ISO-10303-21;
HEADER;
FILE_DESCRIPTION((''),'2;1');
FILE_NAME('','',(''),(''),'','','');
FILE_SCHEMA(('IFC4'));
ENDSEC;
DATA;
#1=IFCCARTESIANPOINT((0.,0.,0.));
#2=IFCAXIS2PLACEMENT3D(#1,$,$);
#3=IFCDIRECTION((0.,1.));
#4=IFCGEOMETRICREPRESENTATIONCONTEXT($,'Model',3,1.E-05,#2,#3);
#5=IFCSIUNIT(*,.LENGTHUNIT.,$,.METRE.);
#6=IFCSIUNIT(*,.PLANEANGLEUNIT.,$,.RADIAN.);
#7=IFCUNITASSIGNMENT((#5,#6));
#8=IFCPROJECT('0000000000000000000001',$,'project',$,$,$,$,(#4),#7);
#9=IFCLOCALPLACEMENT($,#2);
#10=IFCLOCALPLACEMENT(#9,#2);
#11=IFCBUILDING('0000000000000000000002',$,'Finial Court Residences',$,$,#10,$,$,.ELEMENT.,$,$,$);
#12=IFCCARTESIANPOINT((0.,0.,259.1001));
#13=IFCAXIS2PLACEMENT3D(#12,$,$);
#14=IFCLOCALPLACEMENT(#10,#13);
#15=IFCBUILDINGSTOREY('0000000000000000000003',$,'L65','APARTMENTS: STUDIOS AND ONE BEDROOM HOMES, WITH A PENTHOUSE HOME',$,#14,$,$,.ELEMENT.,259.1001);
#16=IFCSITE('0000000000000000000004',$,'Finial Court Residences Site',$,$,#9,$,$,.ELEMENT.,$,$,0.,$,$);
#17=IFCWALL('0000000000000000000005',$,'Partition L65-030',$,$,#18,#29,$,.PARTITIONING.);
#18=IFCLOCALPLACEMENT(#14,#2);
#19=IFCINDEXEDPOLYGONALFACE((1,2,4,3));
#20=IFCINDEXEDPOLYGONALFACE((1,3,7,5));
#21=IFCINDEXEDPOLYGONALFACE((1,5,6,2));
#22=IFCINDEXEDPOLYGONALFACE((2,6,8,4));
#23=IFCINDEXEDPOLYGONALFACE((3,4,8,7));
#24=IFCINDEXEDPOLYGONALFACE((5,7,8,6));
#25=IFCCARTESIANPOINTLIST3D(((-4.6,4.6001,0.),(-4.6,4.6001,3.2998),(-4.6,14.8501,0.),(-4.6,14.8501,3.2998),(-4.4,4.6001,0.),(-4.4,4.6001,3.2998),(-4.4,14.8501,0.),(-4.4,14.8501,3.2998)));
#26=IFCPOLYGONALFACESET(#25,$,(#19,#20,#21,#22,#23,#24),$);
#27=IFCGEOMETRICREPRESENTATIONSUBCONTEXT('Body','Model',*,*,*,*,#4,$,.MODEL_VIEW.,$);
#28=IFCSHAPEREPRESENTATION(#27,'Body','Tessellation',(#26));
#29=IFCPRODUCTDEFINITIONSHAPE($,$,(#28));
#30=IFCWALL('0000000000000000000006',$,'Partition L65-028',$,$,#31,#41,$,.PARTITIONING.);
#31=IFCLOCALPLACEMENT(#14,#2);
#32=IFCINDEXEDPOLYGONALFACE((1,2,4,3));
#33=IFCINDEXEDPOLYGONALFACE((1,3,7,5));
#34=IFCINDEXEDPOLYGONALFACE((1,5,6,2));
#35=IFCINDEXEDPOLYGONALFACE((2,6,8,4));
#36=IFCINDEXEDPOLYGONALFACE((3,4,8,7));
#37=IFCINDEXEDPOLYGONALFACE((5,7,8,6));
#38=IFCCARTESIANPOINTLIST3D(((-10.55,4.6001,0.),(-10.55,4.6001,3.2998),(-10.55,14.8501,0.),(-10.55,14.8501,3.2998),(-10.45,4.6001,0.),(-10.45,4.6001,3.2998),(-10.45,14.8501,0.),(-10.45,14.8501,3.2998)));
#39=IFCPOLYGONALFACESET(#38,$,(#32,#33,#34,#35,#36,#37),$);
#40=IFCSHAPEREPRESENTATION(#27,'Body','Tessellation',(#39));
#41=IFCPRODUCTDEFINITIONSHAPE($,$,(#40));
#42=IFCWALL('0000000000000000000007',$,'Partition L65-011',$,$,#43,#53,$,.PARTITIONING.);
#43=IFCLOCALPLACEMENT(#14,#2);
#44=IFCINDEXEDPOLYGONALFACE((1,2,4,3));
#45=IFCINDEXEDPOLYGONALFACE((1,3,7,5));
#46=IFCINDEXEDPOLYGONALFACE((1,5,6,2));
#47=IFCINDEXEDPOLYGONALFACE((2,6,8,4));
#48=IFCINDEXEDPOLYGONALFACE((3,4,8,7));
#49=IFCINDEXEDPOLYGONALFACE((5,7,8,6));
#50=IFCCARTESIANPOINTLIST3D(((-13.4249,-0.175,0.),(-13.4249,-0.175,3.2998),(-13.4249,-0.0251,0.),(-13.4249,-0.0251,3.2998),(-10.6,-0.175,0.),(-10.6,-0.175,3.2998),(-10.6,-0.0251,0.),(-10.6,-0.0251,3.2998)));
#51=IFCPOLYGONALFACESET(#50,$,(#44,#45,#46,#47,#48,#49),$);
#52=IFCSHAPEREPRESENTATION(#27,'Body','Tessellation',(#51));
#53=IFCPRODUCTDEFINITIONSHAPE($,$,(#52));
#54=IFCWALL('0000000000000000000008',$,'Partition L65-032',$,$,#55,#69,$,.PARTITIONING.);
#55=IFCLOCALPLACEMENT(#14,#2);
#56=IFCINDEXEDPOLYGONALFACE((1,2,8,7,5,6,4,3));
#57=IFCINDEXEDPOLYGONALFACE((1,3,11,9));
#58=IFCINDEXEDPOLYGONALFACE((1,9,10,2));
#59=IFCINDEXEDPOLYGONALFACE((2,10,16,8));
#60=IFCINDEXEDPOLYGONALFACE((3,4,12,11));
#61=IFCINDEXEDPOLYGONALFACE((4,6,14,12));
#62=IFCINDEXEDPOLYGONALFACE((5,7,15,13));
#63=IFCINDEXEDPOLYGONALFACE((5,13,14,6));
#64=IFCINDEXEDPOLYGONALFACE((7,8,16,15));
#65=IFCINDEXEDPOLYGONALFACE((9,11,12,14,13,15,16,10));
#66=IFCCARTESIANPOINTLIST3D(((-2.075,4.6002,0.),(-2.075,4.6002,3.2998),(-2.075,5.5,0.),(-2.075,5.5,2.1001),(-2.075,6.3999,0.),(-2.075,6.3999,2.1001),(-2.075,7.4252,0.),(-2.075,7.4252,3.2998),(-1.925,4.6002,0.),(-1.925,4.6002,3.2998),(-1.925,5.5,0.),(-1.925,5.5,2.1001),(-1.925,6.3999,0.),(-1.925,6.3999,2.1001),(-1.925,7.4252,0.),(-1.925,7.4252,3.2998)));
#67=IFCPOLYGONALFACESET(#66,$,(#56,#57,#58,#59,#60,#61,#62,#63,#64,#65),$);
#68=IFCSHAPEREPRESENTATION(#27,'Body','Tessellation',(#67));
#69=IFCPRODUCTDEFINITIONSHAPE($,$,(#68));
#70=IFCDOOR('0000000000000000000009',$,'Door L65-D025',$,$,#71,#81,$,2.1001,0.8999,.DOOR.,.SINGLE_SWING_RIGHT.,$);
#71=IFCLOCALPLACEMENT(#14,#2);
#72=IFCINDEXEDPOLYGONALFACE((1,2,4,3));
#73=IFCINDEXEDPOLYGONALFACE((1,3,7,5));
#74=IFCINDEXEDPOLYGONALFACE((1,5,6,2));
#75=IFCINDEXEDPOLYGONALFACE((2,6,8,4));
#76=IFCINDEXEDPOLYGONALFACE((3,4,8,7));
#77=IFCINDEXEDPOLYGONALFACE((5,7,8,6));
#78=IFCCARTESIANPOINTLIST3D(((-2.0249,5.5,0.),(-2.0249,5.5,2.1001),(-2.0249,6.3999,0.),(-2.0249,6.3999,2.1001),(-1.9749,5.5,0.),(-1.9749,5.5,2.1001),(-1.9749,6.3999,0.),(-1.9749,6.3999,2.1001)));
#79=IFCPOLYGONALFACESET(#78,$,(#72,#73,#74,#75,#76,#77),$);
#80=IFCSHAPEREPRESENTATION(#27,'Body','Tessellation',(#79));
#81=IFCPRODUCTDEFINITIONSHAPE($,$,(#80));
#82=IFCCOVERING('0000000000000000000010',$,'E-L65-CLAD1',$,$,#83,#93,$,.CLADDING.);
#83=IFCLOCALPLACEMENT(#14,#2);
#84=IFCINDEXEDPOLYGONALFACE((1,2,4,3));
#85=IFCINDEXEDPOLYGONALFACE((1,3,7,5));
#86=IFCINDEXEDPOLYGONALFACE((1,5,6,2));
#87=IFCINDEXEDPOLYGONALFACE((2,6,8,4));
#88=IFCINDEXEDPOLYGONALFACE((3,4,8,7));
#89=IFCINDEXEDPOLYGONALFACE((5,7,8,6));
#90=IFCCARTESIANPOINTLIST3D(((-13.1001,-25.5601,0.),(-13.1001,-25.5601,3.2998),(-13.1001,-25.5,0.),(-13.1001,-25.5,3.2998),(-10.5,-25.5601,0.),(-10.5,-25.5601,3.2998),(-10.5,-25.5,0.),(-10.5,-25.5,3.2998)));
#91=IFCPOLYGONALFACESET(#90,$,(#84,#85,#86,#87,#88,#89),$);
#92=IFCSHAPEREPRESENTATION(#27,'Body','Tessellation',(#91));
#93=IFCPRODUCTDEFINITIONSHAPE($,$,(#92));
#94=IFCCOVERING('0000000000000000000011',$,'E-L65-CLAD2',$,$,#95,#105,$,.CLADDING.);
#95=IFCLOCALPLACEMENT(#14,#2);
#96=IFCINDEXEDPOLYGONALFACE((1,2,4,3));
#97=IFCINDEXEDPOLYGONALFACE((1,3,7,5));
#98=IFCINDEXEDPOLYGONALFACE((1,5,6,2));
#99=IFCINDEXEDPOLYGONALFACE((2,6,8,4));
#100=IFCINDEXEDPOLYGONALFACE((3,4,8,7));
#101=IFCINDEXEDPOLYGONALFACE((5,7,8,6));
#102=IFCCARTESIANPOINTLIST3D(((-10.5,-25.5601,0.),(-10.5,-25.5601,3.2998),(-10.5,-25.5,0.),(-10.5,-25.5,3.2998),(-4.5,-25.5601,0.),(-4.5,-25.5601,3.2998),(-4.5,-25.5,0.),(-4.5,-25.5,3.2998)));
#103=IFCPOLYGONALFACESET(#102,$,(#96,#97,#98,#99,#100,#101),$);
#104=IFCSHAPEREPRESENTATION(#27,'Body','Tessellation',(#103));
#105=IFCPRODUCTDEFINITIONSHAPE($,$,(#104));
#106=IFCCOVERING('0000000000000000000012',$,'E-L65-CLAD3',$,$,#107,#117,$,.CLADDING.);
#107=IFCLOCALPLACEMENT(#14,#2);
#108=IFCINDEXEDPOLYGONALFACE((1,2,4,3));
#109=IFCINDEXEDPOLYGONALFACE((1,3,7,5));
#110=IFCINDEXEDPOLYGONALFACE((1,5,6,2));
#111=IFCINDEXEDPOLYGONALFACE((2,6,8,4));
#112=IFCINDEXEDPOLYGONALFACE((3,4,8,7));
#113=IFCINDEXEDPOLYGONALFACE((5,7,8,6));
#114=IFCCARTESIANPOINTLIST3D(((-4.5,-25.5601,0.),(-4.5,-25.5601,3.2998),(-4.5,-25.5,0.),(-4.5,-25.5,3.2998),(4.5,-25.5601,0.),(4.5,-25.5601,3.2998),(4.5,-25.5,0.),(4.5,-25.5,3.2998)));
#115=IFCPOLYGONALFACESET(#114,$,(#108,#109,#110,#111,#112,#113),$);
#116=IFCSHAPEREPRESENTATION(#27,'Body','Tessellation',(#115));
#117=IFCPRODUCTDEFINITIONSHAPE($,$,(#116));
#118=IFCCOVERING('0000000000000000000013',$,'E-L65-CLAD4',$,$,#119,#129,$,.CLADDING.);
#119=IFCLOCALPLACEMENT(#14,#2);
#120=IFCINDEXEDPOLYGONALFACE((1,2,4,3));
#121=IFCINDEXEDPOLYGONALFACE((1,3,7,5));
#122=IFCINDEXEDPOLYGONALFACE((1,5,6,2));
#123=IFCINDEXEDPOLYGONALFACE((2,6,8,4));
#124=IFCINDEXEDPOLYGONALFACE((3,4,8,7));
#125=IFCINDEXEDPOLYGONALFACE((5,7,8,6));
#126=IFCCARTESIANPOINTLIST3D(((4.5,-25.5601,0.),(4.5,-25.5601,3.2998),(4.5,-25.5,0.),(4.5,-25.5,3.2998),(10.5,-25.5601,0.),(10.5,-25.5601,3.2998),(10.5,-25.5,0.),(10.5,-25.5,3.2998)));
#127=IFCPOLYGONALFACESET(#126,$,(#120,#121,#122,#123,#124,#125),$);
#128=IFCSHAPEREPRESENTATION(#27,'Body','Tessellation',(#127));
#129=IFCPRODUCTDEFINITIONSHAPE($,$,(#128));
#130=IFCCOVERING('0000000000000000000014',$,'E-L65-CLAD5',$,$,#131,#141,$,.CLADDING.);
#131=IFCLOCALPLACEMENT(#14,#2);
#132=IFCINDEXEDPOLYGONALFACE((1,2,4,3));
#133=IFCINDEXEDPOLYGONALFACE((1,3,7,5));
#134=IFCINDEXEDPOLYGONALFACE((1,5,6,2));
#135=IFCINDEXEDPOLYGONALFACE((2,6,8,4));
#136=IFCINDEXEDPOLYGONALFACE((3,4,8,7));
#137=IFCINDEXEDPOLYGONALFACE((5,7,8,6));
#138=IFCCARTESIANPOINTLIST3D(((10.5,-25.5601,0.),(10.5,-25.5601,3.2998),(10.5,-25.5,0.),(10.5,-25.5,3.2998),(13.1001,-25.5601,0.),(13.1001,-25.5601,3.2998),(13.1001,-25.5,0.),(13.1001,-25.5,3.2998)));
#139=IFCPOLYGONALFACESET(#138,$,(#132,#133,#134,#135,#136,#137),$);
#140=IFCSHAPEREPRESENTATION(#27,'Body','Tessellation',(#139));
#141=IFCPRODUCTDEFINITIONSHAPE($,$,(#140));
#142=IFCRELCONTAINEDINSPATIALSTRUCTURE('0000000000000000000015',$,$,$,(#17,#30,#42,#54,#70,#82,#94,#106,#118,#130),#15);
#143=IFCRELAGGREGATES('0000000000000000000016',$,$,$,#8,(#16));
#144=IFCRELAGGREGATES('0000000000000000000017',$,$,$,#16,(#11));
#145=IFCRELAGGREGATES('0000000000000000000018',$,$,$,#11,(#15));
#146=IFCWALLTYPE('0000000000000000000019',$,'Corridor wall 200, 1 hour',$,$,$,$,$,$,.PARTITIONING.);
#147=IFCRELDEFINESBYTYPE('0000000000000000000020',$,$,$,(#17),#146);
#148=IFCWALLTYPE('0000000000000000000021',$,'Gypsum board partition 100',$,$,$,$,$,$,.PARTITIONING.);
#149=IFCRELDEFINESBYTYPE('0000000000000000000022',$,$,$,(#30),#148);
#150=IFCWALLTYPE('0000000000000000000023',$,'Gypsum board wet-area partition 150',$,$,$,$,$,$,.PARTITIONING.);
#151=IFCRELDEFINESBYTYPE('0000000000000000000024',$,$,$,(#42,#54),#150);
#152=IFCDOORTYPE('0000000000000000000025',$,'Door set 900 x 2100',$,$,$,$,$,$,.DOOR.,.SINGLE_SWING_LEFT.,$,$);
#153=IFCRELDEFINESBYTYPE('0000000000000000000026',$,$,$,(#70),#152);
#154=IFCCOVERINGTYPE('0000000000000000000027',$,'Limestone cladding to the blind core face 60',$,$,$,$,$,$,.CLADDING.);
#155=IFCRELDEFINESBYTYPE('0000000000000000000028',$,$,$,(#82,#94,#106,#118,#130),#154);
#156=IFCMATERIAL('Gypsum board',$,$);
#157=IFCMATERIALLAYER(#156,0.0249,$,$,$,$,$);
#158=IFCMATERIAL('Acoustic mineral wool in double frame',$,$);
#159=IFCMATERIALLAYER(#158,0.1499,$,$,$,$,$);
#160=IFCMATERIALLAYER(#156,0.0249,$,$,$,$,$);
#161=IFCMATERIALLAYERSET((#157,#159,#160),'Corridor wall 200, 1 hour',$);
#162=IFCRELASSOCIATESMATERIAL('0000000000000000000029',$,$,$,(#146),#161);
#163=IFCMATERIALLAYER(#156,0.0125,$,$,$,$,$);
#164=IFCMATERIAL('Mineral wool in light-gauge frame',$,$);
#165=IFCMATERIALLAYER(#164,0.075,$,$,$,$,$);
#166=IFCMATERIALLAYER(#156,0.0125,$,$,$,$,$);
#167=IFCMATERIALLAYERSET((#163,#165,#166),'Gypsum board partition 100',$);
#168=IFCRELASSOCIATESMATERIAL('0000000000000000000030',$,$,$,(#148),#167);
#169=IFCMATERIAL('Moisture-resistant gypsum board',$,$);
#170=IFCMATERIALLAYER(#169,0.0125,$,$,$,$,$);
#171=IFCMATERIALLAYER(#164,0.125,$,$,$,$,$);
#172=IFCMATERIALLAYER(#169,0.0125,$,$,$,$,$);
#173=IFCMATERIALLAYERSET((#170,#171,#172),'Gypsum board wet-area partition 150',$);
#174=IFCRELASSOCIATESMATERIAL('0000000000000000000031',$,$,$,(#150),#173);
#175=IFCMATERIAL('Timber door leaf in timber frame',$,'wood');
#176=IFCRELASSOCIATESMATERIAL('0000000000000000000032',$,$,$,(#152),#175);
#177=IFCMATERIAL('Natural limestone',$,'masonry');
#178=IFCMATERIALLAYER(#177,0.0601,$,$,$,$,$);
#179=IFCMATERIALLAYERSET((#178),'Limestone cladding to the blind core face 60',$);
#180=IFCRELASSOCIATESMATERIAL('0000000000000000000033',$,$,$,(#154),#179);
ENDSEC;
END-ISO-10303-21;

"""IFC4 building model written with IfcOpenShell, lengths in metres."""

from ifc_helpers import new_model, si_unit, direction, frame, frame_2d, origin, place, context, subcontext, project, spatial, polyline, rectangle, outline, extrude, material, layer, layer_set, type_object, element, fill, save


model = new_model("IFC4")

# Units and contexts
model_context = context("Model", 3, precision=1e-05, world=origin(), true_north=direction((0.0, 1.0)))
body_context = subcontext(model_context, "Body", "Model", "MODEL_VIEW")
ifc_project = project(units=[si_unit("LENGTHUNIT", "METRE"), si_unit("PLANEANGLEUNIT", "RADIAN")], contexts=[model_context])

# Site, building, storey
site_placement = place(None, origin())
site = spatial("IfcSite", under=ifc_project, at=site_placement, Name="Finial Court Residences Site", CompositionType="ELEMENT", RefElevation=0.0)
building_placement = place(site_placement, origin())
building = spatial("IfcBuilding", under=site, at=building_placement, Name="Finial Court Residences", CompositionType="ELEMENT")
storey_placement = place(building_placement, frame((0.0, 0.0, 259.1001)))
storey = spatial("IfcBuildingStorey", under=building, at=storey_placement, Name="L65", Description="APARTMENTS: STUDIOS AND ONE BEDROOM HOMES, WITH A PENTHOUSE HOME", CompositionType="ELEMENT", Elevation=259.1001)

# Walls
ifc_material_1 = material(Name="Gypsum board")
ifc_layer_1 = layer(ifc_material_1, 0.0249)
ifc_material_2 = material(Name="Acoustic mineral wool in double frame")
ifc_layer_2 = layer(ifc_material_2, 0.1499)
ifc_layer_3 = layer(ifc_material_1, 0.0249)
ifc_layer_set_1 = layer_set([ifc_layer_1, ifc_layer_2, ifc_layer_3], Name="Corridor wall 200, 1 hour")
wall_type_1 = type_object("IfcWallType", Name="Corridor wall 200, 1 hour", PredefinedType="PARTITIONING", material=ifc_layer_set_1)
wall_1_placement = place(storey_placement, frame((-4.5, 4.6001, 0.0), z_axis=(0.0, 0.0, 1.0), x_axis=(0.0, 1.0, 0.0)))
element("IfcWall", 1, at=wall_1_placement, inside=storey, type_object=wall_type_1, Name="Partition L65-030", PredefinedType="PARTITIONING", context=body_context, shape_type="SweptSolid", body=[
    extrude(rectangle(XDim=10.25, YDim=0.2, at=frame_2d((5.125, 0.0))), origin(), (0.0, 0.0, 1.0), 3.2998),
])
ifc_layer_4 = layer(ifc_material_1, 0.0125)
ifc_material_3 = material(Name="Mineral wool in light-gauge frame")
ifc_layer_5 = layer(ifc_material_3, 0.075)
ifc_layer_6 = layer(ifc_material_1, 0.0125)
ifc_layer_set_2 = layer_set([ifc_layer_4, ifc_layer_5, ifc_layer_6], Name="Gypsum board partition 100")
wall_type_2 = type_object("IfcWallType", Name="Gypsum board partition 100", PredefinedType="PARTITIONING", material=ifc_layer_set_2)
wall_2_placement = place(storey_placement, frame((-10.5, 4.6001, 0.0), z_axis=(0.0, 0.0, 1.0), x_axis=(0.0, 1.0, 0.0)))
element("IfcWall", 2, at=wall_2_placement, inside=storey, type_object=wall_type_2, Name="Partition L65-028", PredefinedType="PARTITIONING", context=body_context, shape_type="SweptSolid", body=[
    extrude(rectangle(XDim=10.25, YDim=0.1001, at=frame_2d((5.125, 0.0))), origin(), (0.0, 0.0, 1.0), 3.2998),
])
ifc_material_4 = material(Name="Moisture-resistant gypsum board")
ifc_layer_7 = layer(ifc_material_4, 0.0125)
ifc_layer_8 = layer(ifc_material_3, 0.125)
ifc_layer_9 = layer(ifc_material_4, 0.0125)
ifc_layer_set_3 = layer_set([ifc_layer_7, ifc_layer_8, ifc_layer_9], Name="Gypsum board wet-area partition 150")
wall_type_3 = type_object("IfcWallType", Name="Gypsum board wet-area partition 150", PredefinedType="PARTITIONING", material=ifc_layer_set_3)
wall_3_placement = place(storey_placement, frame((-13.425, -0.1001, 0.0), z_axis=(0.0, 0.0, 1.0), x_axis=(1.0, 0.0, 0.0)))
element("IfcWall", 3, at=wall_3_placement, inside=storey, type_object=wall_type_3, Name="Partition L65-011", PredefinedType="PARTITIONING", context=body_context, shape_type="SweptSolid", body=[
    extrude(rectangle(XDim=2.825, YDim=0.1499, at=frame_2d((1.4126, 0.0))), origin(), (0.0, 0.0, 1.0), 3.2998),
])

# Wall, opening, door
wall_4_placement = place(storey_placement, frame((-2.0, 4.6001, 0.0), z_axis=(0.0, 0.0, 1.0), x_axis=(0.0, 1.0, 0.0)))
wall_4 = element("IfcWall", 4, at=wall_4_placement, inside=storey, type_object=wall_type_3, Name="Partition L65-032", PredefinedType="PARTITIONING", context=body_context, shape_type="SweptSolid", body=[
    extrude(rectangle(XDim=2.825, YDim=0.1499, at=frame_2d((1.4126, 0.0))), origin(), (0.0, 0.0, 1.0), 3.2998),
])
opening_placement = place(wall_4_placement, frame((0.8999, 0.0, 0.0)))
opening = element("IfcOpeningElement", 5, at=opening_placement, cuts=wall_4, PredefinedType="OPENING", context=body_context, shape_type="SweptSolid", body=[
    extrude(rectangle(XDim=0.8999, YDim=2.1001, at=frame_2d((0.45, 1.05))), frame((0.0, 0.085, 0.0), z_axis=(0.0, -1.0, 0.0), x_axis=(1.0, 0.0, 0.0)), (0.0, 0.0, 1.0), 0.1699),
])
ifc_material_5 = material(Name="Timber door leaf in timber frame", Category="wood")
door_type = type_object("IfcDoorType", Name="Door set 900 x 2100", OperationType="SINGLE_SWING_LEFT", PredefinedType="DOOR", material=ifc_material_5)
door_placement = place(opening_placement, origin())
door = element("IfcDoor", 6, at=door_placement, inside=storey, type_object=door_type, Name="Door L65-D025", OperationType="SINGLE_SWING_RIGHT", OverallHeight=2.1001, OverallWidth=0.8999, PredefinedType="DOOR", context=body_context, shape_type="SweptSolid", body=[
    extrude(rectangle(XDim=0.8999, YDim=2.1001, at=frame_2d((0.45, 1.05))), frame((0.0, 0.0249, 0.0), z_axis=(0.0, -1.0, 0.0), x_axis=(1.0, 0.0, 0.0)), (0.0, 0.0, 1.0), 0.05),
])
fill(opening, door)

# Coverings
ifc_material_6 = material(Name="Natural limestone", Category="masonry")
ifc_layer_10 = layer(ifc_material_6, 0.0601)
ifc_layer_set_4 = layer_set([ifc_layer_10], Name="Limestone cladding to the blind core face 60")
covering_type = type_object("IfcCoveringType", Name="Limestone cladding to the blind core face 60", PredefinedType="CLADDING", material=ifc_layer_set_4)
covering_1_placement = place(storey_placement, origin())
element("IfcCovering", 7, at=covering_1_placement, inside=storey, type_object=covering_type, Name="E-L65-CLAD1", PredefinedType="CLADDING", context=body_context, shape_type="SweptSolid", body=[
    extrude(outline(polyline([(-10.5, -25.5601), (-10.5, -25.5), (-13.1001, -25.5), (-13.1001, -25.5601), (-10.5, -25.5601)])), origin(), (0.0, 0.0, 1.0), 3.2998),
])
covering_2_placement = place(storey_placement, origin())
element("IfcCovering", 8, at=covering_2_placement, inside=storey, type_object=covering_type, Name="E-L65-CLAD2", PredefinedType="CLADDING", context=body_context, shape_type="SweptSolid", body=[
    extrude(outline(polyline([(-4.5, -25.5601), (-4.5, -25.5), (-10.5, -25.5), (-10.5, -25.5601), (-4.5, -25.5601)])), origin(), (0.0, 0.0, 1.0), 3.2998),
])
covering_3_placement = place(storey_placement, origin())
element("IfcCovering", 9, at=covering_3_placement, inside=storey, type_object=covering_type, Name="E-L65-CLAD3", PredefinedType="CLADDING", context=body_context, shape_type="SweptSolid", body=[
    extrude(outline(polyline([(4.5, -25.5601), (4.5, -25.5), (-4.5, -25.5), (-4.5, -25.5601), (4.5, -25.5601)])), origin(), (0.0, 0.0, 1.0), 3.2998),
])
covering_4_placement = place(storey_placement, origin())
element("IfcCovering", 10, at=covering_4_placement, inside=storey, type_object=covering_type, Name="E-L65-CLAD4", PredefinedType="CLADDING", context=body_context, shape_type="SweptSolid", body=[
    extrude(outline(polyline([(10.5, -25.5601), (10.5, -25.5), (4.5, -25.5), (4.5, -25.5601), (10.5, -25.5601)])), origin(), (0.0, 0.0, 1.0), 3.2998),
])
covering_5_placement = place(storey_placement, origin())
element("IfcCovering", 11, at=covering_5_placement, inside=storey, type_object=covering_type, Name="E-L65-CLAD5", PredefinedType="CLADDING", context=body_context, shape_type="SweptSolid", body=[
    extrude(outline(polyline([(13.1001, -25.5601), (13.1001, -25.5), (10.5, -25.5), (10.5, -25.5601), (13.1001, -25.5601)])), origin(), (0.0, 0.0, 1.0), 3.2998),
])

save(model, "model.ifc")
